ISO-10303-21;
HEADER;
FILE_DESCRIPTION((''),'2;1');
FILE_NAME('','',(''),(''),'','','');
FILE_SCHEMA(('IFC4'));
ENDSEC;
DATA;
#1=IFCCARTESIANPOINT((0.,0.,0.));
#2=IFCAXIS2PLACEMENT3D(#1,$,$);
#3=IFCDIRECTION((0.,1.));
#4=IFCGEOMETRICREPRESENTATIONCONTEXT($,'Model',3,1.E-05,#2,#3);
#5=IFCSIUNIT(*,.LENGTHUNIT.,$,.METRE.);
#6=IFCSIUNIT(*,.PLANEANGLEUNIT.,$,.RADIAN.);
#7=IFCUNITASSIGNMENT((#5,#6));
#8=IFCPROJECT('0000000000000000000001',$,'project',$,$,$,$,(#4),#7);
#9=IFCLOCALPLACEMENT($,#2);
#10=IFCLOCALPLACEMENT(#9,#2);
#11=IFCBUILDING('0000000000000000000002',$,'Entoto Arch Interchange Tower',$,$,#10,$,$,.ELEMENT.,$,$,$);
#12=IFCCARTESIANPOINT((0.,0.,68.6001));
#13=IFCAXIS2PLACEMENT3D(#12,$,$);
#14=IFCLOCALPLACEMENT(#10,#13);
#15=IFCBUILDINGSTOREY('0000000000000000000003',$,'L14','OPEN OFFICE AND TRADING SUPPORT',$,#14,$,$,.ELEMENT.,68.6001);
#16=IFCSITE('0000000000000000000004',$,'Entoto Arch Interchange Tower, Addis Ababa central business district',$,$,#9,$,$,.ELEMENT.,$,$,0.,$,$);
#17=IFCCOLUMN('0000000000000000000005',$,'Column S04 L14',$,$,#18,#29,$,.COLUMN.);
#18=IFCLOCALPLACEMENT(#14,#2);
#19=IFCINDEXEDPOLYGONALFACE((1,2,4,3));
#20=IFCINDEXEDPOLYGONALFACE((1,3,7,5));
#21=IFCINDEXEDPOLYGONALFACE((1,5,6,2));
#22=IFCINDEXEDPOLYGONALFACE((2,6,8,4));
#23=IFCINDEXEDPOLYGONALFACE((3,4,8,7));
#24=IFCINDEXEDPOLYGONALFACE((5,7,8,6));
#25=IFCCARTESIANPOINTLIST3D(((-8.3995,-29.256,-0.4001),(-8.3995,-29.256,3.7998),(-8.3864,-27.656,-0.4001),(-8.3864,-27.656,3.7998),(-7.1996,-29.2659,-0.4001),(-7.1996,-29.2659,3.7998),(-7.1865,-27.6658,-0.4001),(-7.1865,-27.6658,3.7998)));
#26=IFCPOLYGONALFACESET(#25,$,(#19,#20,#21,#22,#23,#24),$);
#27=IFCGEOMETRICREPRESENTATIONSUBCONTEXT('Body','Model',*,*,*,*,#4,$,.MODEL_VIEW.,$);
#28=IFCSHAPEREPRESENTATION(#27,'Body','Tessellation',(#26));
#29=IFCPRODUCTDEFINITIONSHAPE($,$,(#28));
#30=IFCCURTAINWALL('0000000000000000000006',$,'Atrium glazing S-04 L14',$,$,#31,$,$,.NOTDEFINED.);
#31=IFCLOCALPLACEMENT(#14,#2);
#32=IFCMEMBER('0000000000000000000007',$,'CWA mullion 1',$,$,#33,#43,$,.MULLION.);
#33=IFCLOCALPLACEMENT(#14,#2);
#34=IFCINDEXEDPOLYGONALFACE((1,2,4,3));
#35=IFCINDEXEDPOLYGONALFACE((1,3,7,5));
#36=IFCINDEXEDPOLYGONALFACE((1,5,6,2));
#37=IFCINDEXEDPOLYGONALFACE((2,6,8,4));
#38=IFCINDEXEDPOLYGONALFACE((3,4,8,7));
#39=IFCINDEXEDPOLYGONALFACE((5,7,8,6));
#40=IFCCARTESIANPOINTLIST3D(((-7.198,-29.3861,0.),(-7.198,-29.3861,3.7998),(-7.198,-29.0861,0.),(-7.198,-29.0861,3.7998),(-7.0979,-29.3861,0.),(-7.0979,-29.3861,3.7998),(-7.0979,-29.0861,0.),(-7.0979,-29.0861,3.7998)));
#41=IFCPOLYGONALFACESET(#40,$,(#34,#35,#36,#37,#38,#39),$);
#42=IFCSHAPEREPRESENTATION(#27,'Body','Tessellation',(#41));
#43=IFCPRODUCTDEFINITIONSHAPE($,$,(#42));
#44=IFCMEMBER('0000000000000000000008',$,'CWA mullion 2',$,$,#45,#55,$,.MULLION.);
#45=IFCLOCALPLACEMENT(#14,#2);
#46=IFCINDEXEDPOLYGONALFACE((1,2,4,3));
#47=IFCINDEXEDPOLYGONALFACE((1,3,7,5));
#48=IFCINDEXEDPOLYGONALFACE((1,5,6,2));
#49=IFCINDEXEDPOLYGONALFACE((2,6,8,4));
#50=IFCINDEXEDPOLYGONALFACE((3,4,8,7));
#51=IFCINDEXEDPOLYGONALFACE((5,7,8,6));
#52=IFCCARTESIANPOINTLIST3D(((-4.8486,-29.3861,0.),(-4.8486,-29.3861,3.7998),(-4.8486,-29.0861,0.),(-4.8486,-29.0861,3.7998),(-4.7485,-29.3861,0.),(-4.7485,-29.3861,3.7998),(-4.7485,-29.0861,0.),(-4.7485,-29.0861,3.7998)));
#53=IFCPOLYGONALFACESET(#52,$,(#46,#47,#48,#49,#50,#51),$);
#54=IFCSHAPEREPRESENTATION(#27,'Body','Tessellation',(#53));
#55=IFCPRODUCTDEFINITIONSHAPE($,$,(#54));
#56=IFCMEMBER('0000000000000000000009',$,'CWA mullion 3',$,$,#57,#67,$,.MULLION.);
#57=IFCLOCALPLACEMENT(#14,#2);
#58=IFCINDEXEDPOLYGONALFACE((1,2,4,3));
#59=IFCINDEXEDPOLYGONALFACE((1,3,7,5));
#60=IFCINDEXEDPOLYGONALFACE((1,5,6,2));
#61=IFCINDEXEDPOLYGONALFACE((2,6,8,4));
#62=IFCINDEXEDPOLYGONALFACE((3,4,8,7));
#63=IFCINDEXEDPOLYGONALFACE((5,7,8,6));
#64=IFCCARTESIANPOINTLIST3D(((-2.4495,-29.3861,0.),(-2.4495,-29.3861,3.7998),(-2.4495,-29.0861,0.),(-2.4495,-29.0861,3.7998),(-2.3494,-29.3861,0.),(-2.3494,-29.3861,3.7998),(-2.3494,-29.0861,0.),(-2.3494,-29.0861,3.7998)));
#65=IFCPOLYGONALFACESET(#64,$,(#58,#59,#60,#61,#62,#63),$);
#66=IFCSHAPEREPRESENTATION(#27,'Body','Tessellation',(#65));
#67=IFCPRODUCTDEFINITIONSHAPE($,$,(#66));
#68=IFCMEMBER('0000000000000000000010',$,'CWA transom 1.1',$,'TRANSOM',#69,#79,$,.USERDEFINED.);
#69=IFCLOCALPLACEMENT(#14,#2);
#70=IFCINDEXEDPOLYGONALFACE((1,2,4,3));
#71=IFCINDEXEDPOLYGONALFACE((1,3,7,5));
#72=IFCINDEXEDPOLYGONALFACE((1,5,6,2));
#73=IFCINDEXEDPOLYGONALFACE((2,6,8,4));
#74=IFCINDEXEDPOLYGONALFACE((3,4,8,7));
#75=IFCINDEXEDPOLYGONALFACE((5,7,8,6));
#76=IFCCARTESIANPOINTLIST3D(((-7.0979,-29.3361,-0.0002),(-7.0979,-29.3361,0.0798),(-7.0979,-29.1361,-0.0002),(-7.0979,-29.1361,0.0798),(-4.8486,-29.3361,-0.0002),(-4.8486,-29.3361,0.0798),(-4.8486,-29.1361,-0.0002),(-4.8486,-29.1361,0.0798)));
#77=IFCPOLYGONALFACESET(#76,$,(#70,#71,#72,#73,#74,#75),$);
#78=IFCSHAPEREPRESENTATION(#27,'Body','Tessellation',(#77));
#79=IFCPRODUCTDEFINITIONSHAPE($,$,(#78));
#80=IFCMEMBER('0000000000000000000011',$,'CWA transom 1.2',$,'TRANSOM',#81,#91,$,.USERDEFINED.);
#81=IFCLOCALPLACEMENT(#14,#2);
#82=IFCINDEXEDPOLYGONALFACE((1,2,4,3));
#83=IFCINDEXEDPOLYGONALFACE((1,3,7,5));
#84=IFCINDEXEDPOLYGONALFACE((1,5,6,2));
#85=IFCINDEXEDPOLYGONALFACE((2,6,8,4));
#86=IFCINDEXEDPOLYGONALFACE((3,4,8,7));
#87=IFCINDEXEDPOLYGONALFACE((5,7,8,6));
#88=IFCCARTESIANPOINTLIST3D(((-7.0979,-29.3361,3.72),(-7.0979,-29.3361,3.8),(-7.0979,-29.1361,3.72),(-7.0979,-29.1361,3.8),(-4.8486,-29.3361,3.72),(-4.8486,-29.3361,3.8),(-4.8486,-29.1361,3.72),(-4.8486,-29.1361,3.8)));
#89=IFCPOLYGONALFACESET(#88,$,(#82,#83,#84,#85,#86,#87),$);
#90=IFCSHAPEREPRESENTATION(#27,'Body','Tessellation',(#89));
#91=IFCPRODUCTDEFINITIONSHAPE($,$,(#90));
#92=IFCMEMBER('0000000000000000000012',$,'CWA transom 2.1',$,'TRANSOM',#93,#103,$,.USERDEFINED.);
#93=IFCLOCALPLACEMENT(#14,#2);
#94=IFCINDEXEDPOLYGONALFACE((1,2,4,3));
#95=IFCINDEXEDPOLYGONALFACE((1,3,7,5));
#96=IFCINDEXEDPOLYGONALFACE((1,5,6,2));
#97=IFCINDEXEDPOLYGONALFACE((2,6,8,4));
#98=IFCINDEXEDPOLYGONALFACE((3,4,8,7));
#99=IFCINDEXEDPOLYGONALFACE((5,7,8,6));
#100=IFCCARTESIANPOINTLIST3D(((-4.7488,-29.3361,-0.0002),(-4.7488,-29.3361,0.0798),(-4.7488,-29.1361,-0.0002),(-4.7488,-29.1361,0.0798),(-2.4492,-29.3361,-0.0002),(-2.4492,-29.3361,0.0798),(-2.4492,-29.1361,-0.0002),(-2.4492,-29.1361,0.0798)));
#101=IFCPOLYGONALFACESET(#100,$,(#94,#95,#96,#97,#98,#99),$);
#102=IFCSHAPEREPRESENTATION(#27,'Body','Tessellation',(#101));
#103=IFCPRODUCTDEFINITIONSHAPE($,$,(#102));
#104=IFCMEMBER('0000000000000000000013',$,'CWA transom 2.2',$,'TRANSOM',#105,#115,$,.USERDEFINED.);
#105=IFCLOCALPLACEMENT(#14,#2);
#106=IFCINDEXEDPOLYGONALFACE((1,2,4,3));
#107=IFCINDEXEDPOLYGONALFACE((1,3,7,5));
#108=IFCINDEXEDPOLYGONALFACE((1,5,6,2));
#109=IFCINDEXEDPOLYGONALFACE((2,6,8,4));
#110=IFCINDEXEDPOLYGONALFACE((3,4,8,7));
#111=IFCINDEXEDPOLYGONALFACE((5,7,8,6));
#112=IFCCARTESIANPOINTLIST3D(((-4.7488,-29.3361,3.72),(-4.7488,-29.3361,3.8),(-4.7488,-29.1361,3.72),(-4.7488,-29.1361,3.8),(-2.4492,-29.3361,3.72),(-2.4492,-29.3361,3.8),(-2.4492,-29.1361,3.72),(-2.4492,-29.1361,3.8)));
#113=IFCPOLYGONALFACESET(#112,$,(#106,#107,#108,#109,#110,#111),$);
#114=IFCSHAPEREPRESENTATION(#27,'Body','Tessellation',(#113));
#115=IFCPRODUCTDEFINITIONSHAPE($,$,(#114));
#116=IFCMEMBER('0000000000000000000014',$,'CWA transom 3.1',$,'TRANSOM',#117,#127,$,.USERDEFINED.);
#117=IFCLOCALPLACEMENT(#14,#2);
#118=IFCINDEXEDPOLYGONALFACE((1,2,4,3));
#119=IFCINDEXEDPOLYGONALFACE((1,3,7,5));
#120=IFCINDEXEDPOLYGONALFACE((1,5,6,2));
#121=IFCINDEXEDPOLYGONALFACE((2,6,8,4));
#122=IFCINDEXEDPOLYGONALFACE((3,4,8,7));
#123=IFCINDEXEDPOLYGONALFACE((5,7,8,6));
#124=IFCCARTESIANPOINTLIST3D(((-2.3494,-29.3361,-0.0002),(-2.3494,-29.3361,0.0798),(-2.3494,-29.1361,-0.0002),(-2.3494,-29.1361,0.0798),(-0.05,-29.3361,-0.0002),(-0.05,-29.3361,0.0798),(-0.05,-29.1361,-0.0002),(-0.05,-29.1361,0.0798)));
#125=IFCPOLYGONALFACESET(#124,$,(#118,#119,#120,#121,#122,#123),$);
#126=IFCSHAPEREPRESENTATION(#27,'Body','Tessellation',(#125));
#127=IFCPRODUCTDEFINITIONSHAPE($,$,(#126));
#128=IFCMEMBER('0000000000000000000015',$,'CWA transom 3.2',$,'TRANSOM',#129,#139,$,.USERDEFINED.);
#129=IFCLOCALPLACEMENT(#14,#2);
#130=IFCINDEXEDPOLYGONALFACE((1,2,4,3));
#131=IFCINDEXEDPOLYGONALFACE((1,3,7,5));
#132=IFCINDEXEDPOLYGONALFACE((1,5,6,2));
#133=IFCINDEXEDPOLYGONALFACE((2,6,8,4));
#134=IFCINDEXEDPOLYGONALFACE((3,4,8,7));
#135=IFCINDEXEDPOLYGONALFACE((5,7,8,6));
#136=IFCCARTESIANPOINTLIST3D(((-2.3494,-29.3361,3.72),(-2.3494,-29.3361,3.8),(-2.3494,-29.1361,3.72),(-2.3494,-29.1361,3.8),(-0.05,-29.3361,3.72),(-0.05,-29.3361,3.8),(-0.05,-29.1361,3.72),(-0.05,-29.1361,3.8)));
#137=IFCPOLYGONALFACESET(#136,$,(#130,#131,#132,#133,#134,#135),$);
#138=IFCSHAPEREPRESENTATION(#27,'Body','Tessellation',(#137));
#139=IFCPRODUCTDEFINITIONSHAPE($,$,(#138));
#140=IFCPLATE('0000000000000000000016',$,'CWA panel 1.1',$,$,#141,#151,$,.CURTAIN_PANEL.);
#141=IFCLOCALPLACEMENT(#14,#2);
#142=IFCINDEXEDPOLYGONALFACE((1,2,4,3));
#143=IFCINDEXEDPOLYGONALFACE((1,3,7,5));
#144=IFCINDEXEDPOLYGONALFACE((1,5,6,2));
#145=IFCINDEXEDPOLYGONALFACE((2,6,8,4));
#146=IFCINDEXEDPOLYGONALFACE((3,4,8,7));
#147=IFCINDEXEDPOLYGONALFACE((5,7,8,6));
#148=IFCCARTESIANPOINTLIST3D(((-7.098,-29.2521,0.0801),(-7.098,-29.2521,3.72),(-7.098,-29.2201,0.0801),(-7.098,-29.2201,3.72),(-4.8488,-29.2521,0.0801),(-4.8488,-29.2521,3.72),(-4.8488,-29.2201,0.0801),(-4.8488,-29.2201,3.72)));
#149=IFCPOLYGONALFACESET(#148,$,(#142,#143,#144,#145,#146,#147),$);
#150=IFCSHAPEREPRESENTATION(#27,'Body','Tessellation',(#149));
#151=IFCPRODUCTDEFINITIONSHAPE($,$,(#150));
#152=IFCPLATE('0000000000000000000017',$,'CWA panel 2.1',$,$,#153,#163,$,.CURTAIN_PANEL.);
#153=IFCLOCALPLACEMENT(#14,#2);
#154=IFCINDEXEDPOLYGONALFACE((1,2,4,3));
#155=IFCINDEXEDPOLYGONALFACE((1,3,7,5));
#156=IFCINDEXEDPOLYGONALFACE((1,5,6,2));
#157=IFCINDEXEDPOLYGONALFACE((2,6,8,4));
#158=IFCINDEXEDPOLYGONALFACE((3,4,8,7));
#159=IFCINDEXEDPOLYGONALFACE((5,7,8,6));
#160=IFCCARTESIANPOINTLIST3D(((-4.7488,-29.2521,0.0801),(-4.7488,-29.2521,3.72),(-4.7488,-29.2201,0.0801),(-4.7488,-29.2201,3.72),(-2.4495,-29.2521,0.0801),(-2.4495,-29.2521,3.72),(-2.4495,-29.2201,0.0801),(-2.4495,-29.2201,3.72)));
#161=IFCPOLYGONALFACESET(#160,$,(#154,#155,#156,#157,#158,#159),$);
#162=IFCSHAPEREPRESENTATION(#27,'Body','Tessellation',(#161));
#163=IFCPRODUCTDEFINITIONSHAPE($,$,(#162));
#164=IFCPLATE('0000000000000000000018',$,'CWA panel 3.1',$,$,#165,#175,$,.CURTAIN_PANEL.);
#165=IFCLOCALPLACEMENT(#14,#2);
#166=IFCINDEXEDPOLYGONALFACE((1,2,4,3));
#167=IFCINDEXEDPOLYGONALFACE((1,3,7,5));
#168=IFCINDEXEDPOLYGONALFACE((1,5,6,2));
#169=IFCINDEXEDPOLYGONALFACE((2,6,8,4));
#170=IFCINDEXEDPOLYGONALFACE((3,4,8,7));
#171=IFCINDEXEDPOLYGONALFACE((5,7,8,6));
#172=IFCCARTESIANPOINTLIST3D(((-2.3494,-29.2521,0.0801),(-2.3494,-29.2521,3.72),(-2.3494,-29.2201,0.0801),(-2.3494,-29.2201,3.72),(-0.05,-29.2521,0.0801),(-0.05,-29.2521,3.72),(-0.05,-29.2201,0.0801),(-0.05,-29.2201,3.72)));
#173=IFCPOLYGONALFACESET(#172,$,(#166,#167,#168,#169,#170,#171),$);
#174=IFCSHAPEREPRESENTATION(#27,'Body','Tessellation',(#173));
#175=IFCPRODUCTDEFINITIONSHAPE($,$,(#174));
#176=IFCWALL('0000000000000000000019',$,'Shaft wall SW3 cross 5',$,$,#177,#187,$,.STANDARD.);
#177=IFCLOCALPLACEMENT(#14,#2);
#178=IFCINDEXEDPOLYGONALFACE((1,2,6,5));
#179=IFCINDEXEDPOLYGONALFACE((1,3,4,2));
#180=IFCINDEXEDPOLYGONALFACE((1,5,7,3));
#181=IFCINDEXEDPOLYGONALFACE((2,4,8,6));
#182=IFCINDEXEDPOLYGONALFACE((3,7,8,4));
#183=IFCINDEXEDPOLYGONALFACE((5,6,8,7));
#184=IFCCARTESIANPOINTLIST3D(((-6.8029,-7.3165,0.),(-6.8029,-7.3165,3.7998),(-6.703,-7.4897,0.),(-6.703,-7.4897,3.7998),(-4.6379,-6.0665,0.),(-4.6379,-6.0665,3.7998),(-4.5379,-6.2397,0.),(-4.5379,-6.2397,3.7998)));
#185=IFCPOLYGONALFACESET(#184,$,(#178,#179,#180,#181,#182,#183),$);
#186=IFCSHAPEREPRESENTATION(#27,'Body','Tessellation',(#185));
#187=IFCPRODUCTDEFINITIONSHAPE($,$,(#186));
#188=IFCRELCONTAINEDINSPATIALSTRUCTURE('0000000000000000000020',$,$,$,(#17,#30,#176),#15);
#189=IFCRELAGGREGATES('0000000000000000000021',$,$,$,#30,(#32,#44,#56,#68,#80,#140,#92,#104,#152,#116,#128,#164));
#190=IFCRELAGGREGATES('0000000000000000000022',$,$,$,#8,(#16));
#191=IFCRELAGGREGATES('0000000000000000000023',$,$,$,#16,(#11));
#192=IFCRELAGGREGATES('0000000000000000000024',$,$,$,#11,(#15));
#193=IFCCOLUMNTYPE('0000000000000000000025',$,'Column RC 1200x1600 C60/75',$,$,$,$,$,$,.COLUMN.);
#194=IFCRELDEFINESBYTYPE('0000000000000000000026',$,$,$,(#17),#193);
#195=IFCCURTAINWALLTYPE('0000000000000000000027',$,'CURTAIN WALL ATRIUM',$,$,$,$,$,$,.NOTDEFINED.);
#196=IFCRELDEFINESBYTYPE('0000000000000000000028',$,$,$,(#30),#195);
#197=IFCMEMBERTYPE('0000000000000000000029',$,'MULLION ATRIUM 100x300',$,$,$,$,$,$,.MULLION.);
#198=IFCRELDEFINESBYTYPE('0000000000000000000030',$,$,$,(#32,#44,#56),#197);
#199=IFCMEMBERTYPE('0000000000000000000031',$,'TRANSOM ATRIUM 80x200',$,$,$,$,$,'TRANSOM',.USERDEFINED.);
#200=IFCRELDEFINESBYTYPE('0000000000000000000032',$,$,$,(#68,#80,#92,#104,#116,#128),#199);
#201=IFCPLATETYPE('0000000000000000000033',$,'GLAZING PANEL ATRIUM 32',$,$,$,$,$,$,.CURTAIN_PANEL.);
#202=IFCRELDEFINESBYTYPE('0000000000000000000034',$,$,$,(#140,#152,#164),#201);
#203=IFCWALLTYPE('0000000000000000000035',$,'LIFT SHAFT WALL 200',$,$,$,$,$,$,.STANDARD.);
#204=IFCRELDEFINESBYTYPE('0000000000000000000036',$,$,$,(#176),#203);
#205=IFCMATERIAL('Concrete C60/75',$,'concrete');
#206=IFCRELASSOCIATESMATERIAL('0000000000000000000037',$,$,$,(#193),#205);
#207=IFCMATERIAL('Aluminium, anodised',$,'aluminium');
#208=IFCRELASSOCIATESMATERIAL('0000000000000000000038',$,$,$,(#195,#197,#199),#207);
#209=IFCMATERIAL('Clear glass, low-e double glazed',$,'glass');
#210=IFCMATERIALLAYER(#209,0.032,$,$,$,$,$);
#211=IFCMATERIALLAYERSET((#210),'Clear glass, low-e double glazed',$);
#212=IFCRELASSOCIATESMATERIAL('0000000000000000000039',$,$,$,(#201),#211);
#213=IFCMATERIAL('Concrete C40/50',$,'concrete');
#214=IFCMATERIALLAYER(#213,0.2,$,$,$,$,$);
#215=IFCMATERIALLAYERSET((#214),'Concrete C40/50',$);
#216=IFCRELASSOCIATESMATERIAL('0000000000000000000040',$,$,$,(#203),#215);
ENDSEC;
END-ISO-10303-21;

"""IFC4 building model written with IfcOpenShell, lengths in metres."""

from ifc_helpers import new_model, si_unit, direction, frame, frame_2d, origin, origin_2d, place, context, subcontext, project, spatial, rectangle, extrude, material, layer, layer_set, material_profile, profile_set, type_object, element, aggregate, save


model = new_model("IFC4")

# Units and contexts
model_context = context("Model", 3, precision=1e-05, world=origin(), true_north=direction((0.0, 1.0)))
body_context = subcontext(model_context, "Body", "Model", "MODEL_VIEW")
ifc_project = project(units=[si_unit("LENGTHUNIT", "METRE"), si_unit("PLANEANGLEUNIT", "RADIAN")], contexts=[model_context])

# Site, building, storey
site_placement = place(None, origin())
site = spatial("IfcSite", under=ifc_project, at=site_placement, Name="Entoto Arch Interchange Tower, Addis Ababa central business district", CompositionType="ELEMENT", RefElevation=0.0)
building_placement = place(site_placement, origin())
building = spatial("IfcBuilding", under=site, at=building_placement, Name="Entoto Arch Interchange Tower", CompositionType="ELEMENT")
storey_placement = place(building_placement, frame((0.0, 0.0, 68.6001)))
storey = spatial("IfcBuildingStorey", under=building, at=storey_placement, Name="L14", Description="OPEN OFFICE AND TRADING SUPPORT", CompositionType="ELEMENT", Elevation=68.6001)

# Column
ifc_material_1 = material(Name="Concrete C60/75", Category="concrete")
ifc_material_profile_1 = material_profile(ifc_material_1, rectangle(XDim=1.2, YDim=1.6001, at=origin_2d()))
ifc_profile_set_1 = profile_set([ifc_material_profile_1], Name="Concrete C60/75")
column_type = type_object("IfcColumnType", Name="Column RC 1200x1600 C60/75", PredefinedType="COLUMN", material=ifc_profile_set_1)
column_placement = place(storey_placement, frame((-7.793, -28.4609, -0.4001), z_axis=(0.0, 0.0, 1.0), x_axis=(-0.999966, 0.008203, 0.0)))
element("IfcColumn", 1, at=column_placement, inside=storey, type_object=column_type, Name="Column S04 L14", PredefinedType="COLUMN", context=body_context, shape_type="SweptSolid", body=[
    extrude(rectangle(XDim=1.2, YDim=1.6001, at=origin_2d()), origin(), (0.0, 0.0, 1.0), 4.2),
])

# Curtain wall, members, plates
ifc_material_2 = material(Name="Aluminium, anodised", Category="aluminium")
curtain_wall_type = type_object("IfcCurtainWallType", Name="CURTAIN WALL ATRIUM", PredefinedType="NOTDEFINED", material=ifc_material_2)
curtain_wall_placement = place(storey_placement, origin())
curtain_wall = element("IfcCurtainWall", 2, at=curtain_wall_placement, inside=storey, type_object=curtain_wall_type, Name="Atrium glazing S-04 L14", PredefinedType="NOTDEFINED")
ifc_material_profile_2 = material_profile(ifc_material_2, rectangle(XDim=0.3, YDim=0.1001, at=origin_2d()))
ifc_profile_set_2 = profile_set([ifc_material_profile_2], Name="Aluminium, anodised")
member_type_1 = type_object("IfcMemberType", Name="MULLION ATRIUM 100x300", PredefinedType="MULLION", material=ifc_profile_set_2)
member_1_placement = place(storey_placement, frame((-7.1479, -29.2361, 0.0), z_axis=(0.0, 0.0, 1.0), x_axis=(0.0, 1.0, 0.0)))
member_1 = element("IfcMember", 3, at=member_1_placement, type_object=member_type_1, Name="CWA mullion 1", PredefinedType="MULLION", context=body_context, shape_type="SweptSolid", body=[
    extrude(rectangle(XDim=0.3, YDim=0.1001, at=origin_2d()), origin(), (0.0, 0.0, 1.0), 3.7998),
])
member_2_placement = place(storey_placement, frame((-4.7986, -29.2361, 0.0), z_axis=(0.0, 0.0, 1.0), x_axis=(0.0, 1.0, 0.0)))
member_2 = element("IfcMember", 4, at=member_2_placement, type_object=member_type_1, Name="CWA mullion 2", PredefinedType="MULLION", context=body_context, shape_type="SweptSolid", body=[
    extrude(rectangle(XDim=0.3, YDim=0.1001, at=origin_2d()), origin(), (0.0, 0.0, 1.0), 3.7998),
])
member_3_placement = place(storey_placement, frame((-2.3994, -29.2361, 0.0), z_axis=(0.0, 0.0, 1.0), x_axis=(0.0, 1.0, 0.0)))
member_3 = element("IfcMember", 5, at=member_3_placement, type_object=member_type_1, Name="CWA mullion 3", PredefinedType="MULLION", context=body_context, shape_type="SweptSolid", body=[
    extrude(rectangle(XDim=0.3, YDim=0.1001, at=origin_2d()), origin(), (0.0, 0.0, 1.0), 3.7998),
])
ifc_material_profile_3 = material_profile(ifc_material_2, rectangle(XDim=0.2, YDim=0.0801, at=origin_2d()))
ifc_profile_set_3 = profile_set([ifc_material_profile_3], Name="Aluminium, anodised")
member_type_2 = type_object("IfcMemberType", Name="TRANSOM ATRIUM 80x200", ElementType="TRANSOM", PredefinedType="USERDEFINED", material=ifc_profile_set_3)
member_4_placement = place(storey_placement, frame((-7.0979, -29.2361, 0.0398), z_axis=(1.0, 0.0, 0.0), x_axis=(0.0, 1.0, 0.0)))
member_4 = element("IfcMember", 6, at=member_4_placement, type_object=member_type_2, Name="CWA transom 1.1", ObjectType="TRANSOM", PredefinedType="USERDEFINED", context=body_context, shape_type="SweptSolid", body=[
    extrude(rectangle(XDim=0.2, YDim=0.0801, at=origin_2d()), origin(), (0.0, 0.0, 1.0), 2.2493),
])
member_5_placement = place(storey_placement, frame((-7.0979, -29.2361, 3.76), z_axis=(1.0, 0.0, 0.0), x_axis=(0.0, 1.0, 0.0)))
member_5 = element("IfcMember", 7, at=member_5_placement, type_object=member_type_2, Name="CWA transom 1.2", ObjectType="TRANSOM", PredefinedType="USERDEFINED", context=body_context, shape_type="SweptSolid", body=[
    extrude(rectangle(XDim=0.2, YDim=0.0801, at=origin_2d()), origin(), (0.0, 0.0, 1.0), 2.2493),
])
member_6_placement = place(storey_placement, frame((-4.7488, -29.2361, 0.0398), z_axis=(1.0, 0.0, 0.0), x_axis=(0.0, 1.0, 0.0)))
member_6 = element("IfcMember", 8, at=member_6_placement, type_object=member_type_2, Name="CWA transom 2.1", ObjectType="TRANSOM", PredefinedType="USERDEFINED", context=body_context, shape_type="SweptSolid", body=[
    extrude(rectangle(XDim=0.2, YDim=0.0801, at=origin_2d()), origin(), (0.0, 0.0, 1.0), 2.2996),
])
member_7_placement = place(storey_placement, frame((-4.7488, -29.2361, 3.76), z_axis=(1.0, 0.0, 0.0), x_axis=(0.0, 1.0, 0.0)))
member_7 = element("IfcMember", 9, at=member_7_placement, type_object=member_type_2, Name="CWA transom 2.2", ObjectType="TRANSOM", PredefinedType="USERDEFINED", context=body_context, shape_type="SweptSolid", body=[
    extrude(rectangle(XDim=0.2, YDim=0.0801, at=origin_2d()), origin(), (0.0, 0.0, 1.0), 2.2996),
])
member_8_placement = place(storey_placement, frame((-2.3494, -29.2361, 0.0398), z_axis=(1.0, 0.0, 0.0), x_axis=(0.0, 1.0, 0.0)))
member_8 = element("IfcMember", 10, at=member_8_placement, type_object=member_type_2, Name="CWA transom 3.1", ObjectType="TRANSOM", PredefinedType="USERDEFINED", context=body_context, shape_type="SweptSolid", body=[
    extrude(rectangle(XDim=0.2, YDim=0.0801, at=origin_2d()), origin(), (0.0, 0.0, 1.0), 2.2993),
])
member_9_placement = place(storey_placement, frame((-2.3494, -29.2361, 3.76), z_axis=(1.0, 0.0, 0.0), x_axis=(0.0, 1.0, 0.0)))
member_9 = element("IfcMember", 11, at=member_9_placement, type_object=member_type_2, Name="CWA transom 3.2", ObjectType="TRANSOM", PredefinedType="USERDEFINED", context=body_context, shape_type="SweptSolid", body=[
    extrude(rectangle(XDim=0.2, YDim=0.0801, at=origin_2d()), origin(), (0.0, 0.0, 1.0), 2.2993),
])
ifc_material_3 = material(Name="Clear glass, low-e double glazed", Category="glass")
ifc_layer_1 = layer(ifc_material_3, 0.032)
ifc_layer_set_1 = layer_set([ifc_layer_1], Name="Clear glass, low-e double glazed")
plate_type = type_object("IfcPlateType", Name="GLAZING PANEL ATRIUM 32", PredefinedType="CURTAIN_PANEL", material=ifc_layer_set_1)
plate_1_placement = place(storey_placement, frame((-5.9734, -29.2361, 0.0801), z_axis=(0.0, 0.0, 1.0), x_axis=(1.0, 0.0, 0.0)))
plate_1 = element("IfcPlate", 12, at=plate_1_placement, type_object=plate_type, Name="CWA panel 1.1", PredefinedType="CURTAIN_PANEL", context=body_context, shape_type="SweptSolid", body=[
    extrude(rectangle(XDim=2.2493, YDim=0.032, at=origin_2d()), origin(), (0.0, 0.0, 1.0), 3.6399),
])
plate_2_placement = place(storey_placement, frame((-3.5991, -29.2361, 0.0801), z_axis=(0.0, 0.0, 1.0), x_axis=(1.0, 0.0, 0.0)))
plate_2 = element("IfcPlate", 13, at=plate_2_placement, type_object=plate_type, Name="CWA panel 2.1", PredefinedType="CURTAIN_PANEL", context=body_context, shape_type="SweptSolid", body=[
    extrude(rectangle(XDim=2.2993, YDim=0.032, at=origin_2d()), origin(), (0.0, 0.0, 1.0), 3.6399),
])
plate_3_placement = place(storey_placement, frame((-1.1997, -29.2361, 0.0801), z_axis=(0.0, 0.0, 1.0), x_axis=(1.0, 0.0, 0.0)))
plate_3 = element("IfcPlate", 14, at=plate_3_placement, type_object=plate_type, Name="CWA panel 3.1", PredefinedType="CURTAIN_PANEL", context=body_context, shape_type="SweptSolid", body=[
    extrude(rectangle(XDim=2.2993, YDim=0.032, at=origin_2d()), origin(), (0.0, 0.0, 1.0), 3.6399),
])
aggregate(curtain_wall, [member_1, member_2, member_3, member_4, member_5, plate_1, member_6, member_7, plate_2, member_8, member_9, plate_3])

# Wall
ifc_material_4 = material(Name="Concrete C40/50", Category="concrete")
ifc_layer_2 = layer(ifc_material_4, 0.2)
ifc_layer_set_2 = layer_set([ifc_layer_2], Name="Concrete C40/50")
wall_type_1 = type_object("IfcWallType", Name="LIFT SHAFT WALL 200", PredefinedType="STANDARD", material=ifc_layer_set_2)
wall_1_placement = place(storey_placement, frame((-4.5879, -6.1531, 0.0), z_axis=(0.0, 0.0, 1.0), x_axis=(-0.866023, -0.500004, 0.0)))
element("IfcWall", 15, at=wall_1_placement, inside=storey, type_object=wall_type_1, Name="Shaft wall SW3 cross 5", PredefinedType="STANDARD", context=body_context, shape_type="SweptSolid", body=[
    extrude(rectangle(XDim=2.5, YDim=0.2, at=frame_2d((1.25, 0.0))), origin(), (0.0, 0.0, 1.0), 3.7998),
])

save(model, "model.ifc")
